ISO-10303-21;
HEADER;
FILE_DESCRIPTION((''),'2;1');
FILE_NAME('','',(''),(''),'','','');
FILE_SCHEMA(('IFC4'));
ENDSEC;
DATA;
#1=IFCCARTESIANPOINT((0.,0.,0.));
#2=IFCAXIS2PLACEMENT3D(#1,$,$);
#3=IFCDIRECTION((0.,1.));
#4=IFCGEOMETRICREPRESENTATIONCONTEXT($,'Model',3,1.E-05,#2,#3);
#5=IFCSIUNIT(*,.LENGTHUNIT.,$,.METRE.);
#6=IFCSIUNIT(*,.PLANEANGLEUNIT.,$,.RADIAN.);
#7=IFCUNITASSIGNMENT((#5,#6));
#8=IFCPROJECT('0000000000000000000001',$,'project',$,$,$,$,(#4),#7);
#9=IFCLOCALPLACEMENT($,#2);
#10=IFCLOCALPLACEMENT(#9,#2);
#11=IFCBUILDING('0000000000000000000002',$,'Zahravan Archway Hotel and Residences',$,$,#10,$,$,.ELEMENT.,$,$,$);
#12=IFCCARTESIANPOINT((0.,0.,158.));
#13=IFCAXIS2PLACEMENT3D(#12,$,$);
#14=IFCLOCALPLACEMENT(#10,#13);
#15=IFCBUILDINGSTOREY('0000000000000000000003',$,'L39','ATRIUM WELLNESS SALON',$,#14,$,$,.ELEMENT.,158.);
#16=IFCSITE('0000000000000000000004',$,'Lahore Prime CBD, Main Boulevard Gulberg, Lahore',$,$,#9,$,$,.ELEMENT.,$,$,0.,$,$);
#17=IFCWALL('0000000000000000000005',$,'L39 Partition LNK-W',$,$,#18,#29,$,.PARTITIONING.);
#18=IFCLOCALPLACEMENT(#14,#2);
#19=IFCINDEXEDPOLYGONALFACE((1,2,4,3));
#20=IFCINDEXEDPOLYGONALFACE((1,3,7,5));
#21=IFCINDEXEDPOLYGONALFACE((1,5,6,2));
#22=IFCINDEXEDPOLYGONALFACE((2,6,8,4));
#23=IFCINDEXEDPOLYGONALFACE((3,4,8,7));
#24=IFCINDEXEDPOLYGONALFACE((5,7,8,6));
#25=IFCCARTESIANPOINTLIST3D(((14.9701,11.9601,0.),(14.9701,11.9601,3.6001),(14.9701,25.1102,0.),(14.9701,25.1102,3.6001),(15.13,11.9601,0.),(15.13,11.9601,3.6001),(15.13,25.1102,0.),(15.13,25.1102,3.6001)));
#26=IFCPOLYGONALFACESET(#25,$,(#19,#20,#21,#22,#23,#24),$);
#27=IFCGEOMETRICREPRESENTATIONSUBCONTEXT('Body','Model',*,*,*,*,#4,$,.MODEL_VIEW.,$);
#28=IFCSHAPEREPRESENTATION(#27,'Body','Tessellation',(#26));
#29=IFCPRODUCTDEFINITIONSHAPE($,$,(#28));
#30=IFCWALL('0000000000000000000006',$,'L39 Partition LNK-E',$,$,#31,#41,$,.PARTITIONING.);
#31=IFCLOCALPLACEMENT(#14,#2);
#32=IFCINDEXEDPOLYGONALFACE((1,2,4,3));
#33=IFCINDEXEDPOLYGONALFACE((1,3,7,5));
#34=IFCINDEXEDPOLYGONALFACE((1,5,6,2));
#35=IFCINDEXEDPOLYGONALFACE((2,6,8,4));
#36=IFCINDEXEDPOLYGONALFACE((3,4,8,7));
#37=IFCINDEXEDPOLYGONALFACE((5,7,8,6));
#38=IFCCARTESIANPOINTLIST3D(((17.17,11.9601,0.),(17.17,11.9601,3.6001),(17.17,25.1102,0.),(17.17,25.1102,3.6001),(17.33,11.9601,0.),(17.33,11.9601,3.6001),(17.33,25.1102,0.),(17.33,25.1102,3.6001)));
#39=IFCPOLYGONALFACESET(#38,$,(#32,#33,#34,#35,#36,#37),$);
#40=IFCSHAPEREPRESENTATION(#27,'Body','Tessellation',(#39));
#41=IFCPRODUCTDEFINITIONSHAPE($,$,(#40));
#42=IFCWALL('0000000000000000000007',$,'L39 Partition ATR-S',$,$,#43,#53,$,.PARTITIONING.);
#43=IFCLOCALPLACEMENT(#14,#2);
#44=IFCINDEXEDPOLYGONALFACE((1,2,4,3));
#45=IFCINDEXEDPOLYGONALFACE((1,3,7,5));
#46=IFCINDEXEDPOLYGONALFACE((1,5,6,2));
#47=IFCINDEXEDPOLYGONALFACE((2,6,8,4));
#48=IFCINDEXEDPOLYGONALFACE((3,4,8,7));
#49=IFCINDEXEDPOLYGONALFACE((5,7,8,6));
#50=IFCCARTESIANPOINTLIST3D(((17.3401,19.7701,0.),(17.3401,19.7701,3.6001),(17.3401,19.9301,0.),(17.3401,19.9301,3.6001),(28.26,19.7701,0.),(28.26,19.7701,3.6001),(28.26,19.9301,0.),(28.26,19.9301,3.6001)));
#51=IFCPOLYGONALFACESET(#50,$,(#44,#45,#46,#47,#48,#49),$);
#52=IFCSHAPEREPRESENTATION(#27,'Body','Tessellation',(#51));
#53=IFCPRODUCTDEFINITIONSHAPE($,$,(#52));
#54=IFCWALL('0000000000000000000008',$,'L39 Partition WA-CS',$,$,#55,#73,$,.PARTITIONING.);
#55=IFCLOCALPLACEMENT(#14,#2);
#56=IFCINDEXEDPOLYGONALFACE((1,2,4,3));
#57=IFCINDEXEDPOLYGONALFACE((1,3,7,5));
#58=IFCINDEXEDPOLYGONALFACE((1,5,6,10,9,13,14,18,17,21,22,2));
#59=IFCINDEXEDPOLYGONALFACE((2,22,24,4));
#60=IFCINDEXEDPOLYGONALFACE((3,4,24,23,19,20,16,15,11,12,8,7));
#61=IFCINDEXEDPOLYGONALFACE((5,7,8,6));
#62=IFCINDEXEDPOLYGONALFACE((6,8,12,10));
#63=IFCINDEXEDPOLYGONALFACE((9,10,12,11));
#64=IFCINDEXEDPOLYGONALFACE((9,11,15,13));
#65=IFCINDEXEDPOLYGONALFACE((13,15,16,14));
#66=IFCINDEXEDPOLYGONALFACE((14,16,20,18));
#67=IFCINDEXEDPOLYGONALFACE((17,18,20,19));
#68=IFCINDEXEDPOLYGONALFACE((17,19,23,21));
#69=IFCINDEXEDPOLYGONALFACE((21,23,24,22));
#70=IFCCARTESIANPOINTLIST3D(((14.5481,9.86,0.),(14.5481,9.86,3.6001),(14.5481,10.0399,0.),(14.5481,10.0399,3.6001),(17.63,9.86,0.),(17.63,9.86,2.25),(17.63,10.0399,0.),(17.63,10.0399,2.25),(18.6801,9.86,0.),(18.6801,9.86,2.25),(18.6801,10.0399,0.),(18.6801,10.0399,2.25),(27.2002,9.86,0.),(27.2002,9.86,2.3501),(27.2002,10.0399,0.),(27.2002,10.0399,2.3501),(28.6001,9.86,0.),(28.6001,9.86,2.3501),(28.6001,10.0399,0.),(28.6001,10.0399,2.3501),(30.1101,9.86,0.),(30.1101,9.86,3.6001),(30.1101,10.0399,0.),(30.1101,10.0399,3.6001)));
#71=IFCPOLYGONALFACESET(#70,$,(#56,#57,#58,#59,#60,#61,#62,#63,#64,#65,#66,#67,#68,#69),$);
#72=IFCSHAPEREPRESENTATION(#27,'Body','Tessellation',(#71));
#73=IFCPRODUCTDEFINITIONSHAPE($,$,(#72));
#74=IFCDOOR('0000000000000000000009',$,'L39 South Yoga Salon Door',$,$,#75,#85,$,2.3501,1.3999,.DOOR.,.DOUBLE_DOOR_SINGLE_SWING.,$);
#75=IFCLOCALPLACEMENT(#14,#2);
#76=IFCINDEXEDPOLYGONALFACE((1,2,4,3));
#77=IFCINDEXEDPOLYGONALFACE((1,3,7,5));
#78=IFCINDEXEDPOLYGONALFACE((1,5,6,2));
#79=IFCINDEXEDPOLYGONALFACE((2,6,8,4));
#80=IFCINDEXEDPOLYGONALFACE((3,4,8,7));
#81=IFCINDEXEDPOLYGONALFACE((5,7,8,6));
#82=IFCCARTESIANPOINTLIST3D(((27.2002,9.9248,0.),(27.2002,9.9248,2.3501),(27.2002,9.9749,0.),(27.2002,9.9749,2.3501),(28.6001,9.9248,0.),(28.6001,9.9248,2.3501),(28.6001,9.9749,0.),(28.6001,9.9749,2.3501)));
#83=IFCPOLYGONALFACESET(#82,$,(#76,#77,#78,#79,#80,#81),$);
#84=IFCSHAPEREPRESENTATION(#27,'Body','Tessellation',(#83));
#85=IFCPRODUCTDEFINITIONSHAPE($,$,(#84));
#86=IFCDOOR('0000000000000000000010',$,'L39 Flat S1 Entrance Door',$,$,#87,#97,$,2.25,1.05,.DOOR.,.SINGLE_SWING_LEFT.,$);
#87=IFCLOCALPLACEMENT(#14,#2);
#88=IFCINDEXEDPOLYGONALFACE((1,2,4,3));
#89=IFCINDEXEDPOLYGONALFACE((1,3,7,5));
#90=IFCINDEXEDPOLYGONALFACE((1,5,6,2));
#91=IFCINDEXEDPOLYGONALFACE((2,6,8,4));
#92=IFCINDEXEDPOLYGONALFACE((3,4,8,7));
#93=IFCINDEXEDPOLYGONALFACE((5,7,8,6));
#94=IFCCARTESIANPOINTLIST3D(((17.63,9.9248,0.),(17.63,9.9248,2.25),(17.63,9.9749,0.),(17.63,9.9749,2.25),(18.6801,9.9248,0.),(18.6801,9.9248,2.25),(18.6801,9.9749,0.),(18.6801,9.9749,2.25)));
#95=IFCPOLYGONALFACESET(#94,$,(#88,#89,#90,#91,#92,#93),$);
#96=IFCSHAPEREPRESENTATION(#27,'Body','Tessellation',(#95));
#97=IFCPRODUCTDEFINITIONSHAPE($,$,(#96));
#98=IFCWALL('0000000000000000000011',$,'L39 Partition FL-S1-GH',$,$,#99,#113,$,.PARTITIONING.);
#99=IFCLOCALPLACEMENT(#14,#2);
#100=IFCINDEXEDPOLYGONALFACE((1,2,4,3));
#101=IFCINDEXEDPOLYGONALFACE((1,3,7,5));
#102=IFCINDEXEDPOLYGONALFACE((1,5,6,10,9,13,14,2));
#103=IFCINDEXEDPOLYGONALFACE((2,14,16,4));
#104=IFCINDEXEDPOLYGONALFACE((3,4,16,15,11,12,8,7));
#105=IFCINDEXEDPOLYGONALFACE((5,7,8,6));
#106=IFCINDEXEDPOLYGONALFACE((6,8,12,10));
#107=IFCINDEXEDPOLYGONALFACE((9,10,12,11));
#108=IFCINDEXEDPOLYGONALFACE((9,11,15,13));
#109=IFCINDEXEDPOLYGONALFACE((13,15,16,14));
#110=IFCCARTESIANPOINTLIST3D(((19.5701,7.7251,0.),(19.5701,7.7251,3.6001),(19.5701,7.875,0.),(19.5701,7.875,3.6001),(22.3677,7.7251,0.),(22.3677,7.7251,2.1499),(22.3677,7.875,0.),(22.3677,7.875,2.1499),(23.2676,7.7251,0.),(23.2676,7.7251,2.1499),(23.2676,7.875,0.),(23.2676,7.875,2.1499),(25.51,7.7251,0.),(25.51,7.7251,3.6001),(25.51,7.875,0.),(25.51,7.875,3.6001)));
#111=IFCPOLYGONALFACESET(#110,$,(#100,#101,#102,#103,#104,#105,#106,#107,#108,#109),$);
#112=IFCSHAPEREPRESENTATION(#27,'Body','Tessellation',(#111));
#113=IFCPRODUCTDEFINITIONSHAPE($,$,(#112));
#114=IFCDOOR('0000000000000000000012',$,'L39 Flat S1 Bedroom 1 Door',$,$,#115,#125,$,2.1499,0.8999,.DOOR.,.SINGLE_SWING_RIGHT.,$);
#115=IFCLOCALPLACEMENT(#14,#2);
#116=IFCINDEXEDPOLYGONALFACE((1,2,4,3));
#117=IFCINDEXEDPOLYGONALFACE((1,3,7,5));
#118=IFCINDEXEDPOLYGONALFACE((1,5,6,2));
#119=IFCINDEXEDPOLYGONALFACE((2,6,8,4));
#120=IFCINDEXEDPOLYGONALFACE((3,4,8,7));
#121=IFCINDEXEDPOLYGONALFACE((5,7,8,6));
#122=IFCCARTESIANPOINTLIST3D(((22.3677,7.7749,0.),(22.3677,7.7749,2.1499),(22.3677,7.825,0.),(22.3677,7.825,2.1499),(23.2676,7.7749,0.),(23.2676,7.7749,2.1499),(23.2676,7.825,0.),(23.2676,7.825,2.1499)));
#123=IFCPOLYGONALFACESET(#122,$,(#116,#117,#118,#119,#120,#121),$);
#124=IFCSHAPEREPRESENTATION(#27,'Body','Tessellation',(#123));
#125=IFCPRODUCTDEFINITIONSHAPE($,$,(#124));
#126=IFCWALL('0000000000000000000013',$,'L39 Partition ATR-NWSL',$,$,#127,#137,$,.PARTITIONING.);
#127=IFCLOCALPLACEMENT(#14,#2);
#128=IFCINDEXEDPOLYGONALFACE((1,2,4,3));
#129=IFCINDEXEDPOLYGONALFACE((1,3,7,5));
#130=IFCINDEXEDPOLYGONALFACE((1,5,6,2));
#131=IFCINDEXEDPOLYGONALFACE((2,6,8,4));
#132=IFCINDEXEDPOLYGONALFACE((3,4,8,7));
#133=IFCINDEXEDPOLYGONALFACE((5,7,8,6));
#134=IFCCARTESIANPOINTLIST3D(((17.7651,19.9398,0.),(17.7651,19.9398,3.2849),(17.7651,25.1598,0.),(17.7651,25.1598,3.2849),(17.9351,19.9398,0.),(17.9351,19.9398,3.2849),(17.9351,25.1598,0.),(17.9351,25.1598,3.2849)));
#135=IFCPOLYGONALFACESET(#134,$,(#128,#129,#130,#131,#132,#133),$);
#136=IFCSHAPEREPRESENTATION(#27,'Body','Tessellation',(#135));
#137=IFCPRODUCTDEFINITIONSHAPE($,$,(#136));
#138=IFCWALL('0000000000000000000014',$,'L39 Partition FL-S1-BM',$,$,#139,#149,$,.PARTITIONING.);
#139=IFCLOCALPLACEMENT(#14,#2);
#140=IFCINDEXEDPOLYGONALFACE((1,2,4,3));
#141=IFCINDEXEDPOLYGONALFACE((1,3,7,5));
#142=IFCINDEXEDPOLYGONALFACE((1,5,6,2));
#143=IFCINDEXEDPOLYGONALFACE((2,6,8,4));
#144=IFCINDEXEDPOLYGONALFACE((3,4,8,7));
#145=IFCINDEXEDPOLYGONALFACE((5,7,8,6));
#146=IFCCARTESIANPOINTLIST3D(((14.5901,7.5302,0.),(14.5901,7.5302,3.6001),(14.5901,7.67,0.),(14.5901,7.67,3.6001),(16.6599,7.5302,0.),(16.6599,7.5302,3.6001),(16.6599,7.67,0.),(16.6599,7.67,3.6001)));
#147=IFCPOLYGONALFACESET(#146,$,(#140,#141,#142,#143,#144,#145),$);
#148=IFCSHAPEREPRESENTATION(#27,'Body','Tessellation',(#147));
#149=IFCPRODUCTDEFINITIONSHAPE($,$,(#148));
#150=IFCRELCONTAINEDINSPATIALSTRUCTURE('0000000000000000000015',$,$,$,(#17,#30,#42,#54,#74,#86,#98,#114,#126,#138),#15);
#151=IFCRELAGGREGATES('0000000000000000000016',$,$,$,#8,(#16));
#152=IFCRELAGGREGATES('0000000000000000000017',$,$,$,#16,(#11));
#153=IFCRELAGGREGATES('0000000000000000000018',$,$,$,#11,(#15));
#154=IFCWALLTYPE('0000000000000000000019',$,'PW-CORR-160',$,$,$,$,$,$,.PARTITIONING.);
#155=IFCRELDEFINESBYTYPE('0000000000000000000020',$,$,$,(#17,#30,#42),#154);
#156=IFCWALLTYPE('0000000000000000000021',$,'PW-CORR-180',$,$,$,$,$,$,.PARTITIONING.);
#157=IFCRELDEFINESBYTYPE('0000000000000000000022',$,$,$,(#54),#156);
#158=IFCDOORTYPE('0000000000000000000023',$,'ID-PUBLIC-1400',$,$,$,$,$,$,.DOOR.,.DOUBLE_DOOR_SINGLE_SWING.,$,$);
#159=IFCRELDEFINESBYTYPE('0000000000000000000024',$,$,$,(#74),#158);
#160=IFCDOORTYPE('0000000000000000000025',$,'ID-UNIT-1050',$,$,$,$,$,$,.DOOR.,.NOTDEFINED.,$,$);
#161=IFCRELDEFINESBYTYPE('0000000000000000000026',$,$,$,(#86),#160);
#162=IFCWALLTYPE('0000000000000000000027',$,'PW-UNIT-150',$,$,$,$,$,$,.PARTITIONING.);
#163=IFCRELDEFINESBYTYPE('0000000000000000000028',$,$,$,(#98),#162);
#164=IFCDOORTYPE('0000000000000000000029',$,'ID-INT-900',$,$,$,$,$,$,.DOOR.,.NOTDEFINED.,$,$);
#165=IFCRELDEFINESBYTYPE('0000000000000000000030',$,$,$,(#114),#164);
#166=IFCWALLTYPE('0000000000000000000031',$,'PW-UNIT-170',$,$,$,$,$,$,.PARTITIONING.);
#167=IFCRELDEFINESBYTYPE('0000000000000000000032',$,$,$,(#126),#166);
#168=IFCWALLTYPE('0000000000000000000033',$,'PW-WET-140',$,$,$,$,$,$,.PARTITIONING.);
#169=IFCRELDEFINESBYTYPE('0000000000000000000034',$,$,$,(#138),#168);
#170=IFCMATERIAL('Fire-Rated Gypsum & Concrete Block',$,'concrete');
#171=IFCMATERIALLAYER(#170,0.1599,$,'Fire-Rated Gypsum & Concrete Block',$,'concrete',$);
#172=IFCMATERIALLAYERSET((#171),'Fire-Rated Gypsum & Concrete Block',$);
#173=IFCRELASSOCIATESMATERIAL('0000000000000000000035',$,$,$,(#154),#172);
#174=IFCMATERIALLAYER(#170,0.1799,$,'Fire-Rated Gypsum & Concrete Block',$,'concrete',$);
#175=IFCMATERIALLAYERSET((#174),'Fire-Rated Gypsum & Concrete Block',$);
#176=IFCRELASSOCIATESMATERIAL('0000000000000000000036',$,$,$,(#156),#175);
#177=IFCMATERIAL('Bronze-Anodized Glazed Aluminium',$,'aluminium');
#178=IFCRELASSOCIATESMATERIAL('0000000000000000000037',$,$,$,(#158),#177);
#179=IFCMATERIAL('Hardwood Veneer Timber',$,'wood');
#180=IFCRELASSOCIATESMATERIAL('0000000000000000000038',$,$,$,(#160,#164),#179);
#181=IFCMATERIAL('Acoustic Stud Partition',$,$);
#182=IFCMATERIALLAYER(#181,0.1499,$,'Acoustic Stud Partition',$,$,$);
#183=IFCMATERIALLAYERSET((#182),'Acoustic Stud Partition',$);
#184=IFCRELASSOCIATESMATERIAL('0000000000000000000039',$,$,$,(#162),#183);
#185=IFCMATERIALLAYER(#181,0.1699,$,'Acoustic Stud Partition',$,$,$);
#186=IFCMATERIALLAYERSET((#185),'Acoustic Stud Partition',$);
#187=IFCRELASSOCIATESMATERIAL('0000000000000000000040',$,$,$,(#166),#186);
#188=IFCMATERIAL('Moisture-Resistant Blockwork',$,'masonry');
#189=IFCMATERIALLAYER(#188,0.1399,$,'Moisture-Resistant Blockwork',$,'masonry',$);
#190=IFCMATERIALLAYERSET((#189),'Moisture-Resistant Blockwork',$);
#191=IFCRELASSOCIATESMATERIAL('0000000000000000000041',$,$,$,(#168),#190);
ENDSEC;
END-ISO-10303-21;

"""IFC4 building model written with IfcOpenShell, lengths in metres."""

from ifc_helpers import new_model, si_unit, direction, frame, frame_2d, origin, place, context, subcontext, project, spatial, rectangle, extrude, source, transform, mapped, material, layer, layer_set, type_object, type_shapes, element, fill, save


model = new_model("IFC4")

# Units and contexts
model_context = context("Model", 3, precision=1e-05, world=origin(), true_north=direction((0.0, 1.0)))
body_context = subcontext(model_context, "Body", "Model", "MODEL_VIEW")
ifc_project = project(units=[si_unit("LENGTHUNIT", "METRE"), si_unit("PLANEANGLEUNIT", "RADIAN")], contexts=[model_context])

# Site, building, storey
site_placement = place(None, origin())
site = spatial("IfcSite", under=ifc_project, at=site_placement, Name="Lahore Prime CBD, Main Boulevard Gulberg, Lahore", CompositionType="ELEMENT", RefElevation=0.0)
building_placement = place(site_placement, origin())
building = spatial("IfcBuilding", under=site, at=building_placement, Name="Zahravan Archway Hotel and Residences", CompositionType="ELEMENT")
storey_placement = place(building_placement, frame((0.0, 0.0, 158.0)))
storey = spatial("IfcBuildingStorey", under=building, at=storey_placement, Name="L39", Description="ATRIUM WELLNESS SALON", CompositionType="ELEMENT", Elevation=158.0)

# Shared definitions
ifc_material_1 = material(Name="Fire-Rated Gypsum & Concrete Block", Category="concrete")
ifc_layer_1 = layer(ifc_material_1, 0.1599, Name="Fire-Rated Gypsum & Concrete Block", Category="concrete")
ifc_layer_set_1 = layer_set([ifc_layer_1], Name="Fire-Rated Gypsum & Concrete Block")
wall_type_1 = type_object("IfcWallType", Name="PW-CORR-160", PredefinedType="PARTITIONING", material=ifc_layer_set_1)
ifc_material_2 = material(Name="Bronze-Anodized Glazed Aluminium", Category="aluminium")

# Walls
for number, where, z_axis, x_axis, name in (
    (1, (15.05, 11.96, 0.0), (0.0, 0.0, 1.0), (0.0, 1.0, 0.0), "L39 Partition LNK-W"),
    (2, (17.25, 11.96, 0.0), (0.0, 0.0, 1.0), (0.0, 1.0, 0.0), "L39 Partition LNK-E"),
):
    element("IfcWall", number, at=place(storey_placement, frame(where, z_axis=z_axis, x_axis=x_axis)), inside=storey, type_object=wall_type_1, Name=name, PredefinedType="PARTITIONING", context=body_context, shape_type="SweptSolid", body=[
        extrude(rectangle(XDim=13.1501, YDim=0.1599, at=frame_2d((6.5752, 0.0))), origin(), (0.0, 0.0, 1.0), 3.6001),
    ])
wall_1_placement = place(storey_placement, frame((17.3401, 19.8501, 0.0), z_axis=(0.0, 0.0, 1.0), x_axis=(1.0, 0.0, 0.0)))
element("IfcWall", 3, at=wall_1_placement, inside=storey, type_object=wall_type_1, Name="L39 Partition ATR-S", PredefinedType="PARTITIONING", context=body_context, shape_type="SweptSolid", body=[
    extrude(rectangle(XDim=10.9199, YDim=0.1599, at=frame_2d((5.46, 0.0))), origin(), (0.0, 0.0, 1.0), 3.6001),
])

# Wall, openings, doors
ifc_layer_2 = layer(ifc_material_1, 0.1799, Name="Fire-Rated Gypsum & Concrete Block", Category="concrete")
ifc_layer_set_2 = layer_set([ifc_layer_2], Name="Fire-Rated Gypsum & Concrete Block")
wall_type_2 = type_object("IfcWallType", Name="PW-CORR-180", PredefinedType="PARTITIONING", material=ifc_layer_set_2)
wall_2_placement = place(storey_placement, frame((14.5481, 9.95, 0.0), z_axis=(0.0, 0.0, 1.0), x_axis=(1.0, 0.0, 0.0)))
wall_2 = element("IfcWall", 4, at=wall_2_placement, inside=storey, type_object=wall_type_2, Name="L39 Partition WA-CS", PredefinedType="PARTITIONING", context=body_context, shape_type="SweptSolid", body=[
    extrude(rectangle(XDim=15.562, YDim=0.1799, at=frame_2d((7.781, 0.0))), origin(), (0.0, 0.0, 1.0), 3.6001),
])
opening_1_placement = place(wall_2_placement, frame((3.082, 0.0, 0.0)))
opening_1 = element("IfcOpeningElement", 5, at=opening_1_placement, cuts=wall_2, PredefinedType="OPENING", context=body_context, shape_type="SweptSolid", body=[
    extrude(rectangle(XDim=1.05, YDim=2.25, at=frame_2d((0.5249, 1.125))), frame((0.0, 0.1001, 0.0), z_axis=(0.0, -1.0, 0.0), x_axis=(1.0, 0.0, 0.0)), (0.0, 0.0, 1.0), 0.2),
])
opening_2_placement = place(wall_2_placement, frame((12.6521, 0.0, 0.0)))
opening_2 = element("IfcOpeningElement", 6, at=opening_2_placement, cuts=wall_2, PredefinedType="OPENING", context=body_context, shape_type="SweptSolid", body=[
    extrude(rectangle(XDim=1.3999, YDim=2.3501, at=frame_2d((0.7, 1.175))), frame((0.0, 0.1001, 0.0), z_axis=(0.0, -1.0, 0.0), x_axis=(1.0, 0.0, 0.0)), (0.0, 0.0, 1.0), 0.2),
])
door_type_1 = type_object("IfcDoorType", Name="ID-PUBLIC-1400", OperationType="DOUBLE_DOOR_SINGLE_SWING", PredefinedType="DOOR", material=ifc_material_2)
shared_shape_1 = source(origin(), body_context, "Body", "SweptSolid", [
    extrude(rectangle(XDim=1.3999, YDim=2.3501, at=frame_2d((0.7, 1.175))), frame((0.0, 0.0249, 0.0), z_axis=(0.0, -1.0, 0.0), x_axis=(1.0, 0.0, 0.0)), (0.0, 0.0, 1.0), 0.05),
])
type_shapes(door_type_1, [shared_shape_1])
door_1_placement = place(opening_2_placement, origin())
door_1 = element("IfcDoor", 7, at=door_1_placement, inside=storey, type_object=door_type_1, Name="L39 South Yoga Salon Door", OperationType="DOUBLE_DOOR_SINGLE_SWING", OverallHeight=2.3501, OverallWidth=1.3999, PredefinedType="DOOR", context=body_context, shape_type="MappedRepresentation", body=[
    mapped(shared_shape_1, transform((0.0, 0.0, 0.0), scale=1.0)),
])
fill(opening_2, door_1)
ifc_material_3 = material(Name="Hardwood Veneer Timber", Category="wood")
door_type_2 = type_object("IfcDoorType", Name="ID-UNIT-1050", OperationType="NOTDEFINED", PredefinedType="DOOR", material=ifc_material_3)
shared_shape_2 = source(origin(), body_context, "Body", "SweptSolid", [
    extrude(rectangle(XDim=1.05, YDim=2.25, at=frame_2d((0.5249, 1.125))), frame((0.0, 0.0249, 0.0), z_axis=(0.0, -1.0, 0.0), x_axis=(1.0, 0.0, 0.0)), (0.0, 0.0, 1.0), 0.05),
])
type_shapes(door_type_2, [shared_shape_2])
door_2_placement = place(opening_1_placement, origin())
door_2 = element("IfcDoor", 8, at=door_2_placement, inside=storey, type_object=door_type_2, Name="L39 Flat S1 Entrance Door", OperationType="SINGLE_SWING_LEFT", OverallHeight=2.25, OverallWidth=1.05, PredefinedType="DOOR", context=body_context, shape_type="MappedRepresentation", body=[
    mapped(shared_shape_2, transform((0.0, 0.0, 0.0), scale=1.0)),
])
fill(opening_1, door_2)

# Wall, opening, door
ifc_material_4 = material(Name="Acoustic Stud Partition")
ifc_layer_3 = layer(ifc_material_4, 0.1499, Name="Acoustic Stud Partition")
ifc_layer_set_3 = layer_set([ifc_layer_3], Name="Acoustic Stud Partition")
wall_type_3 = type_object("IfcWallType", Name="PW-UNIT-150", PredefinedType="PARTITIONING", material=ifc_layer_set_3)
wall_3_placement = place(storey_placement, frame((19.5701, 7.8, 0.0), z_axis=(0.0, 0.0, 1.0), x_axis=(1.0, 0.0, 0.0)))
wall_3 = element("IfcWall", 9, at=wall_3_placement, inside=storey, type_object=wall_type_3, Name="L39 Partition FL-S1-GH", PredefinedType="PARTITIONING", context=body_context, shape_type="SweptSolid", body=[
    extrude(rectangle(XDim=5.9399, YDim=0.1499, at=frame_2d((2.97, 0.0))), origin(), (0.0, 0.0, 1.0), 3.6001),
])
opening_3_placement = place(wall_3_placement, frame((2.7976, 0.0, 0.0)))
opening_3 = element("IfcOpeningElement", 10, at=opening_3_placement, cuts=wall_3, PredefinedType="OPENING", context=body_context, shape_type="SweptSolid", body=[
    extrude(rectangle(XDim=0.8999, YDim=2.1499, at=frame_2d((0.45, 1.075))), frame((0.0, 0.085, 0.0), z_axis=(0.0, -1.0, 0.0), x_axis=(1.0, 0.0, 0.0)), (0.0, 0.0, 1.0), 0.1699),
])
door_type_3 = type_object("IfcDoorType", Name="ID-INT-900", OperationType="NOTDEFINED", PredefinedType="DOOR", material=ifc_material_3)
shared_shape_3 = source(origin(), body_context, "Body", "SweptSolid", [
    extrude(rectangle(XDim=0.8999, YDim=2.1499, at=frame_2d((0.45, 1.075))), frame((0.0, 0.0249, 0.0), z_axis=(0.0, -1.0, 0.0), x_axis=(1.0, 0.0, 0.0)), (0.0, 0.0, 1.0), 0.05),
])
type_shapes(door_type_3, [shared_shape_3])
door_3_placement = place(opening_3_placement, origin())
door_3 = element("IfcDoor", 11, at=door_3_placement, inside=storey, type_object=door_type_3, Name="L39 Flat S1 Bedroom 1 Door", OperationType="SINGLE_SWING_RIGHT", OverallHeight=2.1499, OverallWidth=0.8999, PredefinedType="DOOR", context=body_context, shape_type="MappedRepresentation", body=[
    mapped(shared_shape_3, transform((0.0, 0.0, 0.0), scale=1.0)),
])
fill(opening_3, door_3)

# Walls
ifc_layer_4 = layer(ifc_material_4, 0.1699, Name="Acoustic Stud Partition")
ifc_layer_set_4 = layer_set([ifc_layer_4], Name="Acoustic Stud Partition")
wall_type_4 = type_object("IfcWallType", Name="PW-UNIT-170", PredefinedType="PARTITIONING", material=ifc_layer_set_4)
wall_4_placement = place(storey_placement, frame((17.8501, 19.9399, 0.0), z_axis=(0.0, 0.0, 1.0), x_axis=(0.0, 1.0, 0.0)))
element("IfcWall", 12, at=wall_4_placement, inside=storey, type_object=wall_type_4, Name="L39 Partition ATR-NWSL", PredefinedType="PARTITIONING", context=body_context, shape_type="SweptSolid", body=[
    extrude(rectangle(XDim=5.22, YDim=0.1699, at=frame_2d((2.6099, 0.0))), origin(), (0.0, 0.0, 1.0), 3.2849),
])
ifc_material_5 = material(Name="Moisture-Resistant Blockwork", Category="masonry")
ifc_layer_5 = layer(ifc_material_5, 0.1399, Name="Moisture-Resistant Blockwork", Category="masonry")
ifc_layer_set_5 = layer_set([ifc_layer_5], Name="Moisture-Resistant Blockwork")
wall_type_5 = type_object("IfcWallType", Name="PW-WET-140", PredefinedType="PARTITIONING", material=ifc_layer_set_5)
wall_5_placement = place(storey_placement, frame((14.5901, 7.6001, 0.0), z_axis=(0.0, 0.0, 1.0), x_axis=(1.0, 0.0, 0.0)))
element("IfcWall", 13, at=wall_5_placement, inside=storey, type_object=wall_type_5, Name="L39 Partition FL-S1-BM", PredefinedType="PARTITIONING", context=body_context, shape_type="SweptSolid", body=[
    extrude(rectangle(XDim=2.0698, YDim=0.1399, at=frame_2d((1.0349, 0.0))), origin(), (0.0, 0.0, 1.0), 3.6001),
])

save(model, "model.ifc")
